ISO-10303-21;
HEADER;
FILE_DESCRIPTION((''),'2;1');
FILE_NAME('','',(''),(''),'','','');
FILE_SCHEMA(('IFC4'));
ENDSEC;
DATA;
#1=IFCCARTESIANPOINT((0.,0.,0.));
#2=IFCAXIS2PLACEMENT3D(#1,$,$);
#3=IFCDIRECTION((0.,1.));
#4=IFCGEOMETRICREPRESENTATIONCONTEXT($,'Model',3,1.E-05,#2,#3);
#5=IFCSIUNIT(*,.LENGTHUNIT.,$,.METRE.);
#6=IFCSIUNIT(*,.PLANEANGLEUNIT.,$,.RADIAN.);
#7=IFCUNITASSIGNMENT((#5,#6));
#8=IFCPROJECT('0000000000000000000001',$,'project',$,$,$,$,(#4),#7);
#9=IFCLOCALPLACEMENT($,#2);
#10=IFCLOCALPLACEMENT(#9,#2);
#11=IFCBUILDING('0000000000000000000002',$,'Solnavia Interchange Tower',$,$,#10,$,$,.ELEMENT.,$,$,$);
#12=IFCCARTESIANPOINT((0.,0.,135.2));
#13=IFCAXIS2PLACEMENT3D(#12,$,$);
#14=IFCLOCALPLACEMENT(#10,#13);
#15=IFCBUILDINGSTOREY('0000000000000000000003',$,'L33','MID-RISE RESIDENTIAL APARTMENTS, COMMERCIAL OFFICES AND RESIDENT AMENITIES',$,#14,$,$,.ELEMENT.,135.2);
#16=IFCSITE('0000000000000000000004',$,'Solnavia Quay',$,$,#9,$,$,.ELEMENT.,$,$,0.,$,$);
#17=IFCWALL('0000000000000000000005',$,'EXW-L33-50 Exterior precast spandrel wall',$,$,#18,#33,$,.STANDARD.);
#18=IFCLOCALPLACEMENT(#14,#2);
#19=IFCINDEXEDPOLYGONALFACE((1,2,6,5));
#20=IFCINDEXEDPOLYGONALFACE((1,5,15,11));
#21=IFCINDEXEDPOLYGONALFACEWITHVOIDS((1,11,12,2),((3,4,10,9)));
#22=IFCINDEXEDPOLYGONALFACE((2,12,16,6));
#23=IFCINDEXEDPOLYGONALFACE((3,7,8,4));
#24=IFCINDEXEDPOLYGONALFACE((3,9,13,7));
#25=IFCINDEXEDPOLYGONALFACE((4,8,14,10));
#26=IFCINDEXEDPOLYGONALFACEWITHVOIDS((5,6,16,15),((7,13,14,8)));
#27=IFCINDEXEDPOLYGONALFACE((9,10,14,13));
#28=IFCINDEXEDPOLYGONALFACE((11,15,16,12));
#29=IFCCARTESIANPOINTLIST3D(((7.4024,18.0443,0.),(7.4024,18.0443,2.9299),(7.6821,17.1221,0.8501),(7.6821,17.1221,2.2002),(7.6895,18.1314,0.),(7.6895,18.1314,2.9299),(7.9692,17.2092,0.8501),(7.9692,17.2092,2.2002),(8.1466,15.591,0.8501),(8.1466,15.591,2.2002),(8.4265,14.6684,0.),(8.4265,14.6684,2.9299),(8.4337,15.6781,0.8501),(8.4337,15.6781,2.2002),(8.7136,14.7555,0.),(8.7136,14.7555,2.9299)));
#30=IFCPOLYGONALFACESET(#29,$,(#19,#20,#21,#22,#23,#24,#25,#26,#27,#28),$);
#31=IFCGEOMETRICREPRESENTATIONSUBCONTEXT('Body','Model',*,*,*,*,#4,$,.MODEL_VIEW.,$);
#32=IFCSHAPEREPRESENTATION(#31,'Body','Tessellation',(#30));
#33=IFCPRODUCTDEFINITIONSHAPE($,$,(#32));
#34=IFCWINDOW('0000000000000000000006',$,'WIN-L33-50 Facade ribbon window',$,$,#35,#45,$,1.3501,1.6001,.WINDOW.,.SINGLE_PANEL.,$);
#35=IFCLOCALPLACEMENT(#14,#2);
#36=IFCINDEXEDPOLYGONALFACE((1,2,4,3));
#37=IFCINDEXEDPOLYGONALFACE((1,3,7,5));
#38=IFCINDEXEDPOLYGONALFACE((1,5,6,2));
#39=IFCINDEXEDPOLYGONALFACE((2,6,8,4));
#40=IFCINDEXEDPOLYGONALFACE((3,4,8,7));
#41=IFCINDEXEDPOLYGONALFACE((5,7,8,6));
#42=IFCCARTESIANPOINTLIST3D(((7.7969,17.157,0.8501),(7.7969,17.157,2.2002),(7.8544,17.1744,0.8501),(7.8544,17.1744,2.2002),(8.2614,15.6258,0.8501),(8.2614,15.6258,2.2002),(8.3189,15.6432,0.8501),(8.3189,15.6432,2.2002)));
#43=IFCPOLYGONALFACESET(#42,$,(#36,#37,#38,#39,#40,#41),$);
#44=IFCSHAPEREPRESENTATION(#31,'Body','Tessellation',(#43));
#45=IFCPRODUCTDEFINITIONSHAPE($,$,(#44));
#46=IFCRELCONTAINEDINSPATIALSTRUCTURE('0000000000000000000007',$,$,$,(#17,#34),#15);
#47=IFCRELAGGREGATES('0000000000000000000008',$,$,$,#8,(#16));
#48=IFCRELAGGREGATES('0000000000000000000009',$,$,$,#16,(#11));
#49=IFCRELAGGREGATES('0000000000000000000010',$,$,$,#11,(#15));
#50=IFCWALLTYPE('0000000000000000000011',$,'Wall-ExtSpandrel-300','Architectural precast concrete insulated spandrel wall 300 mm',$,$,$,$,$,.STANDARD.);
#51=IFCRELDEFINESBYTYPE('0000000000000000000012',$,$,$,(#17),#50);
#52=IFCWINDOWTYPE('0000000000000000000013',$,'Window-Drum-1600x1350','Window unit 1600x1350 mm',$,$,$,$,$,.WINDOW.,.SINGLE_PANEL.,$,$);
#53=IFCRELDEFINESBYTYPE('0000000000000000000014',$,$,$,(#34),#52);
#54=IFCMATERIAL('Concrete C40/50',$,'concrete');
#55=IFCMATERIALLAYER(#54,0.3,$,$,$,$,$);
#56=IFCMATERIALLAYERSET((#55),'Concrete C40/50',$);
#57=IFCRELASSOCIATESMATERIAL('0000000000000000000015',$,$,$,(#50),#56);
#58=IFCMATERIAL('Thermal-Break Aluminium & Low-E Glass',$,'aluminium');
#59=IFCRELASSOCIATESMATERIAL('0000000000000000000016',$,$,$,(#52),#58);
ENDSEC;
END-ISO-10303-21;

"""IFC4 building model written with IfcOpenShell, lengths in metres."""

from ifc_helpers import new_model, si_unit, direction, frame, frame_2d, origin, place, context, subcontext, project, spatial, rectangle, extrude, material, layer, layer_set, type_object, element, fill, save


model = new_model("IFC4")

# Units and contexts
model_context = context("Model", 3, precision=1e-05, world=origin(), true_north=direction((0.0, 1.0)))
body_context = subcontext(model_context, "Body", "Model", "MODEL_VIEW")
ifc_project = project(units=[si_unit("LENGTHUNIT", "METRE"), si_unit("PLANEANGLEUNIT", "RADIAN")], contexts=[model_context])

# Site, building, storey
site_placement = place(None, origin())
site = spatial("IfcSite", under=ifc_project, at=site_placement, Name="Solnavia Quay", CompositionType="ELEMENT", RefElevation=0.0)
building_placement = place(site_placement, origin())
building = spatial("IfcBuilding", under=site, at=building_placement, Name="Solnavia Interchange Tower", CompositionType="ELEMENT")
storey_placement = place(building_placement, frame((0.0, 0.0, 135.2)))
storey = spatial("IfcBuildingStorey", under=building, at=storey_placement, Name="L33", Description="MID-RISE RESIDENTIAL APARTMENTS, COMMERCIAL OFFICES AND RESIDENT AMENITIES", CompositionType="ELEMENT", Elevation=135.2)

# Wall, opening, window
ifc_material_1 = material(Name="Concrete C40/50", Category="concrete")
ifc_layer_1 = layer(ifc_material_1, 0.3)
ifc_layer_set_1 = layer_set([ifc_layer_1], Name="Concrete C40/50")
wall_type_1 = type_object("IfcWallType", Name="Wall-ExtSpandrel-300", Description="Architectural precast concrete insulated spandrel wall 300 mm", PredefinedType="STANDARD", material=ifc_layer_set_1)
wall_1_placement = place(storey_placement, frame((8.5701, 14.7119, 0.0), z_axis=(0.0, 0.0, 1.0), x_axis=(-0.290305, 0.956934, 0.0)))
wall_1 = element("IfcWall", 1, at=wall_1_placement, inside=storey, type_object=wall_type_1, Name="EXW-L33-50 Exterior precast spandrel wall", PredefinedType="STANDARD", context=body_context, shape_type="SweptSolid", body=[
    extrude(rectangle(XDim=3.5278, YDim=0.3, at=frame_2d((1.7639, 0.0))), origin(), (0.0, 0.0, 1.0), 2.9299),
])
opening_1_placement = place(wall_1_placement, frame((0.9641, 0.0, 0.8501)))
opening_1 = element("IfcOpeningElement", 2, at=opening_1_placement, cuts=wall_1, PredefinedType="OPENING", context=body_context, shape_type="SweptSolid", body=[
    extrude(rectangle(XDim=1.6001, YDim=1.3501, at=frame_2d((0.8, 0.675))), frame((0.0, 0.1602, 0.0), z_axis=(0.0, -1.0, 0.0), x_axis=(1.0, 0.0, 0.0)), (0.0, 0.0, 1.0), 0.3201),
])
ifc_material_2 = material(Name="Thermal-Break Aluminium & Low-E Glass", Category="aluminium")
window_type = type_object("IfcWindowType", Name="Window-Drum-1600x1350", Description="Window unit 1600x1350 mm", PartitioningType="SINGLE_PANEL", PredefinedType="WINDOW", material=ifc_material_2)
window_placement = place(opening_1_placement, origin())
window = element("IfcWindow", 3, at=window_placement, inside=storey, type_object=window_type, Name="WIN-L33-50 Facade ribbon window", OverallHeight=1.3501, OverallWidth=1.6001, PartitioningType="SINGLE_PANEL", PredefinedType="WINDOW", context=body_context, shape_type="SweptSolid", body=[
    extrude(rectangle(XDim=1.6001, YDim=1.3501, at=frame_2d((0.8, 0.675))), frame((0.0, 0.03, 0.0), z_axis=(0.0, -1.0, 0.0), x_axis=(1.0, 0.0, 0.0)), (0.0, 0.0, 1.0), 0.0601),
])
fill(opening_1, window)

save(model, "model.ifc")
